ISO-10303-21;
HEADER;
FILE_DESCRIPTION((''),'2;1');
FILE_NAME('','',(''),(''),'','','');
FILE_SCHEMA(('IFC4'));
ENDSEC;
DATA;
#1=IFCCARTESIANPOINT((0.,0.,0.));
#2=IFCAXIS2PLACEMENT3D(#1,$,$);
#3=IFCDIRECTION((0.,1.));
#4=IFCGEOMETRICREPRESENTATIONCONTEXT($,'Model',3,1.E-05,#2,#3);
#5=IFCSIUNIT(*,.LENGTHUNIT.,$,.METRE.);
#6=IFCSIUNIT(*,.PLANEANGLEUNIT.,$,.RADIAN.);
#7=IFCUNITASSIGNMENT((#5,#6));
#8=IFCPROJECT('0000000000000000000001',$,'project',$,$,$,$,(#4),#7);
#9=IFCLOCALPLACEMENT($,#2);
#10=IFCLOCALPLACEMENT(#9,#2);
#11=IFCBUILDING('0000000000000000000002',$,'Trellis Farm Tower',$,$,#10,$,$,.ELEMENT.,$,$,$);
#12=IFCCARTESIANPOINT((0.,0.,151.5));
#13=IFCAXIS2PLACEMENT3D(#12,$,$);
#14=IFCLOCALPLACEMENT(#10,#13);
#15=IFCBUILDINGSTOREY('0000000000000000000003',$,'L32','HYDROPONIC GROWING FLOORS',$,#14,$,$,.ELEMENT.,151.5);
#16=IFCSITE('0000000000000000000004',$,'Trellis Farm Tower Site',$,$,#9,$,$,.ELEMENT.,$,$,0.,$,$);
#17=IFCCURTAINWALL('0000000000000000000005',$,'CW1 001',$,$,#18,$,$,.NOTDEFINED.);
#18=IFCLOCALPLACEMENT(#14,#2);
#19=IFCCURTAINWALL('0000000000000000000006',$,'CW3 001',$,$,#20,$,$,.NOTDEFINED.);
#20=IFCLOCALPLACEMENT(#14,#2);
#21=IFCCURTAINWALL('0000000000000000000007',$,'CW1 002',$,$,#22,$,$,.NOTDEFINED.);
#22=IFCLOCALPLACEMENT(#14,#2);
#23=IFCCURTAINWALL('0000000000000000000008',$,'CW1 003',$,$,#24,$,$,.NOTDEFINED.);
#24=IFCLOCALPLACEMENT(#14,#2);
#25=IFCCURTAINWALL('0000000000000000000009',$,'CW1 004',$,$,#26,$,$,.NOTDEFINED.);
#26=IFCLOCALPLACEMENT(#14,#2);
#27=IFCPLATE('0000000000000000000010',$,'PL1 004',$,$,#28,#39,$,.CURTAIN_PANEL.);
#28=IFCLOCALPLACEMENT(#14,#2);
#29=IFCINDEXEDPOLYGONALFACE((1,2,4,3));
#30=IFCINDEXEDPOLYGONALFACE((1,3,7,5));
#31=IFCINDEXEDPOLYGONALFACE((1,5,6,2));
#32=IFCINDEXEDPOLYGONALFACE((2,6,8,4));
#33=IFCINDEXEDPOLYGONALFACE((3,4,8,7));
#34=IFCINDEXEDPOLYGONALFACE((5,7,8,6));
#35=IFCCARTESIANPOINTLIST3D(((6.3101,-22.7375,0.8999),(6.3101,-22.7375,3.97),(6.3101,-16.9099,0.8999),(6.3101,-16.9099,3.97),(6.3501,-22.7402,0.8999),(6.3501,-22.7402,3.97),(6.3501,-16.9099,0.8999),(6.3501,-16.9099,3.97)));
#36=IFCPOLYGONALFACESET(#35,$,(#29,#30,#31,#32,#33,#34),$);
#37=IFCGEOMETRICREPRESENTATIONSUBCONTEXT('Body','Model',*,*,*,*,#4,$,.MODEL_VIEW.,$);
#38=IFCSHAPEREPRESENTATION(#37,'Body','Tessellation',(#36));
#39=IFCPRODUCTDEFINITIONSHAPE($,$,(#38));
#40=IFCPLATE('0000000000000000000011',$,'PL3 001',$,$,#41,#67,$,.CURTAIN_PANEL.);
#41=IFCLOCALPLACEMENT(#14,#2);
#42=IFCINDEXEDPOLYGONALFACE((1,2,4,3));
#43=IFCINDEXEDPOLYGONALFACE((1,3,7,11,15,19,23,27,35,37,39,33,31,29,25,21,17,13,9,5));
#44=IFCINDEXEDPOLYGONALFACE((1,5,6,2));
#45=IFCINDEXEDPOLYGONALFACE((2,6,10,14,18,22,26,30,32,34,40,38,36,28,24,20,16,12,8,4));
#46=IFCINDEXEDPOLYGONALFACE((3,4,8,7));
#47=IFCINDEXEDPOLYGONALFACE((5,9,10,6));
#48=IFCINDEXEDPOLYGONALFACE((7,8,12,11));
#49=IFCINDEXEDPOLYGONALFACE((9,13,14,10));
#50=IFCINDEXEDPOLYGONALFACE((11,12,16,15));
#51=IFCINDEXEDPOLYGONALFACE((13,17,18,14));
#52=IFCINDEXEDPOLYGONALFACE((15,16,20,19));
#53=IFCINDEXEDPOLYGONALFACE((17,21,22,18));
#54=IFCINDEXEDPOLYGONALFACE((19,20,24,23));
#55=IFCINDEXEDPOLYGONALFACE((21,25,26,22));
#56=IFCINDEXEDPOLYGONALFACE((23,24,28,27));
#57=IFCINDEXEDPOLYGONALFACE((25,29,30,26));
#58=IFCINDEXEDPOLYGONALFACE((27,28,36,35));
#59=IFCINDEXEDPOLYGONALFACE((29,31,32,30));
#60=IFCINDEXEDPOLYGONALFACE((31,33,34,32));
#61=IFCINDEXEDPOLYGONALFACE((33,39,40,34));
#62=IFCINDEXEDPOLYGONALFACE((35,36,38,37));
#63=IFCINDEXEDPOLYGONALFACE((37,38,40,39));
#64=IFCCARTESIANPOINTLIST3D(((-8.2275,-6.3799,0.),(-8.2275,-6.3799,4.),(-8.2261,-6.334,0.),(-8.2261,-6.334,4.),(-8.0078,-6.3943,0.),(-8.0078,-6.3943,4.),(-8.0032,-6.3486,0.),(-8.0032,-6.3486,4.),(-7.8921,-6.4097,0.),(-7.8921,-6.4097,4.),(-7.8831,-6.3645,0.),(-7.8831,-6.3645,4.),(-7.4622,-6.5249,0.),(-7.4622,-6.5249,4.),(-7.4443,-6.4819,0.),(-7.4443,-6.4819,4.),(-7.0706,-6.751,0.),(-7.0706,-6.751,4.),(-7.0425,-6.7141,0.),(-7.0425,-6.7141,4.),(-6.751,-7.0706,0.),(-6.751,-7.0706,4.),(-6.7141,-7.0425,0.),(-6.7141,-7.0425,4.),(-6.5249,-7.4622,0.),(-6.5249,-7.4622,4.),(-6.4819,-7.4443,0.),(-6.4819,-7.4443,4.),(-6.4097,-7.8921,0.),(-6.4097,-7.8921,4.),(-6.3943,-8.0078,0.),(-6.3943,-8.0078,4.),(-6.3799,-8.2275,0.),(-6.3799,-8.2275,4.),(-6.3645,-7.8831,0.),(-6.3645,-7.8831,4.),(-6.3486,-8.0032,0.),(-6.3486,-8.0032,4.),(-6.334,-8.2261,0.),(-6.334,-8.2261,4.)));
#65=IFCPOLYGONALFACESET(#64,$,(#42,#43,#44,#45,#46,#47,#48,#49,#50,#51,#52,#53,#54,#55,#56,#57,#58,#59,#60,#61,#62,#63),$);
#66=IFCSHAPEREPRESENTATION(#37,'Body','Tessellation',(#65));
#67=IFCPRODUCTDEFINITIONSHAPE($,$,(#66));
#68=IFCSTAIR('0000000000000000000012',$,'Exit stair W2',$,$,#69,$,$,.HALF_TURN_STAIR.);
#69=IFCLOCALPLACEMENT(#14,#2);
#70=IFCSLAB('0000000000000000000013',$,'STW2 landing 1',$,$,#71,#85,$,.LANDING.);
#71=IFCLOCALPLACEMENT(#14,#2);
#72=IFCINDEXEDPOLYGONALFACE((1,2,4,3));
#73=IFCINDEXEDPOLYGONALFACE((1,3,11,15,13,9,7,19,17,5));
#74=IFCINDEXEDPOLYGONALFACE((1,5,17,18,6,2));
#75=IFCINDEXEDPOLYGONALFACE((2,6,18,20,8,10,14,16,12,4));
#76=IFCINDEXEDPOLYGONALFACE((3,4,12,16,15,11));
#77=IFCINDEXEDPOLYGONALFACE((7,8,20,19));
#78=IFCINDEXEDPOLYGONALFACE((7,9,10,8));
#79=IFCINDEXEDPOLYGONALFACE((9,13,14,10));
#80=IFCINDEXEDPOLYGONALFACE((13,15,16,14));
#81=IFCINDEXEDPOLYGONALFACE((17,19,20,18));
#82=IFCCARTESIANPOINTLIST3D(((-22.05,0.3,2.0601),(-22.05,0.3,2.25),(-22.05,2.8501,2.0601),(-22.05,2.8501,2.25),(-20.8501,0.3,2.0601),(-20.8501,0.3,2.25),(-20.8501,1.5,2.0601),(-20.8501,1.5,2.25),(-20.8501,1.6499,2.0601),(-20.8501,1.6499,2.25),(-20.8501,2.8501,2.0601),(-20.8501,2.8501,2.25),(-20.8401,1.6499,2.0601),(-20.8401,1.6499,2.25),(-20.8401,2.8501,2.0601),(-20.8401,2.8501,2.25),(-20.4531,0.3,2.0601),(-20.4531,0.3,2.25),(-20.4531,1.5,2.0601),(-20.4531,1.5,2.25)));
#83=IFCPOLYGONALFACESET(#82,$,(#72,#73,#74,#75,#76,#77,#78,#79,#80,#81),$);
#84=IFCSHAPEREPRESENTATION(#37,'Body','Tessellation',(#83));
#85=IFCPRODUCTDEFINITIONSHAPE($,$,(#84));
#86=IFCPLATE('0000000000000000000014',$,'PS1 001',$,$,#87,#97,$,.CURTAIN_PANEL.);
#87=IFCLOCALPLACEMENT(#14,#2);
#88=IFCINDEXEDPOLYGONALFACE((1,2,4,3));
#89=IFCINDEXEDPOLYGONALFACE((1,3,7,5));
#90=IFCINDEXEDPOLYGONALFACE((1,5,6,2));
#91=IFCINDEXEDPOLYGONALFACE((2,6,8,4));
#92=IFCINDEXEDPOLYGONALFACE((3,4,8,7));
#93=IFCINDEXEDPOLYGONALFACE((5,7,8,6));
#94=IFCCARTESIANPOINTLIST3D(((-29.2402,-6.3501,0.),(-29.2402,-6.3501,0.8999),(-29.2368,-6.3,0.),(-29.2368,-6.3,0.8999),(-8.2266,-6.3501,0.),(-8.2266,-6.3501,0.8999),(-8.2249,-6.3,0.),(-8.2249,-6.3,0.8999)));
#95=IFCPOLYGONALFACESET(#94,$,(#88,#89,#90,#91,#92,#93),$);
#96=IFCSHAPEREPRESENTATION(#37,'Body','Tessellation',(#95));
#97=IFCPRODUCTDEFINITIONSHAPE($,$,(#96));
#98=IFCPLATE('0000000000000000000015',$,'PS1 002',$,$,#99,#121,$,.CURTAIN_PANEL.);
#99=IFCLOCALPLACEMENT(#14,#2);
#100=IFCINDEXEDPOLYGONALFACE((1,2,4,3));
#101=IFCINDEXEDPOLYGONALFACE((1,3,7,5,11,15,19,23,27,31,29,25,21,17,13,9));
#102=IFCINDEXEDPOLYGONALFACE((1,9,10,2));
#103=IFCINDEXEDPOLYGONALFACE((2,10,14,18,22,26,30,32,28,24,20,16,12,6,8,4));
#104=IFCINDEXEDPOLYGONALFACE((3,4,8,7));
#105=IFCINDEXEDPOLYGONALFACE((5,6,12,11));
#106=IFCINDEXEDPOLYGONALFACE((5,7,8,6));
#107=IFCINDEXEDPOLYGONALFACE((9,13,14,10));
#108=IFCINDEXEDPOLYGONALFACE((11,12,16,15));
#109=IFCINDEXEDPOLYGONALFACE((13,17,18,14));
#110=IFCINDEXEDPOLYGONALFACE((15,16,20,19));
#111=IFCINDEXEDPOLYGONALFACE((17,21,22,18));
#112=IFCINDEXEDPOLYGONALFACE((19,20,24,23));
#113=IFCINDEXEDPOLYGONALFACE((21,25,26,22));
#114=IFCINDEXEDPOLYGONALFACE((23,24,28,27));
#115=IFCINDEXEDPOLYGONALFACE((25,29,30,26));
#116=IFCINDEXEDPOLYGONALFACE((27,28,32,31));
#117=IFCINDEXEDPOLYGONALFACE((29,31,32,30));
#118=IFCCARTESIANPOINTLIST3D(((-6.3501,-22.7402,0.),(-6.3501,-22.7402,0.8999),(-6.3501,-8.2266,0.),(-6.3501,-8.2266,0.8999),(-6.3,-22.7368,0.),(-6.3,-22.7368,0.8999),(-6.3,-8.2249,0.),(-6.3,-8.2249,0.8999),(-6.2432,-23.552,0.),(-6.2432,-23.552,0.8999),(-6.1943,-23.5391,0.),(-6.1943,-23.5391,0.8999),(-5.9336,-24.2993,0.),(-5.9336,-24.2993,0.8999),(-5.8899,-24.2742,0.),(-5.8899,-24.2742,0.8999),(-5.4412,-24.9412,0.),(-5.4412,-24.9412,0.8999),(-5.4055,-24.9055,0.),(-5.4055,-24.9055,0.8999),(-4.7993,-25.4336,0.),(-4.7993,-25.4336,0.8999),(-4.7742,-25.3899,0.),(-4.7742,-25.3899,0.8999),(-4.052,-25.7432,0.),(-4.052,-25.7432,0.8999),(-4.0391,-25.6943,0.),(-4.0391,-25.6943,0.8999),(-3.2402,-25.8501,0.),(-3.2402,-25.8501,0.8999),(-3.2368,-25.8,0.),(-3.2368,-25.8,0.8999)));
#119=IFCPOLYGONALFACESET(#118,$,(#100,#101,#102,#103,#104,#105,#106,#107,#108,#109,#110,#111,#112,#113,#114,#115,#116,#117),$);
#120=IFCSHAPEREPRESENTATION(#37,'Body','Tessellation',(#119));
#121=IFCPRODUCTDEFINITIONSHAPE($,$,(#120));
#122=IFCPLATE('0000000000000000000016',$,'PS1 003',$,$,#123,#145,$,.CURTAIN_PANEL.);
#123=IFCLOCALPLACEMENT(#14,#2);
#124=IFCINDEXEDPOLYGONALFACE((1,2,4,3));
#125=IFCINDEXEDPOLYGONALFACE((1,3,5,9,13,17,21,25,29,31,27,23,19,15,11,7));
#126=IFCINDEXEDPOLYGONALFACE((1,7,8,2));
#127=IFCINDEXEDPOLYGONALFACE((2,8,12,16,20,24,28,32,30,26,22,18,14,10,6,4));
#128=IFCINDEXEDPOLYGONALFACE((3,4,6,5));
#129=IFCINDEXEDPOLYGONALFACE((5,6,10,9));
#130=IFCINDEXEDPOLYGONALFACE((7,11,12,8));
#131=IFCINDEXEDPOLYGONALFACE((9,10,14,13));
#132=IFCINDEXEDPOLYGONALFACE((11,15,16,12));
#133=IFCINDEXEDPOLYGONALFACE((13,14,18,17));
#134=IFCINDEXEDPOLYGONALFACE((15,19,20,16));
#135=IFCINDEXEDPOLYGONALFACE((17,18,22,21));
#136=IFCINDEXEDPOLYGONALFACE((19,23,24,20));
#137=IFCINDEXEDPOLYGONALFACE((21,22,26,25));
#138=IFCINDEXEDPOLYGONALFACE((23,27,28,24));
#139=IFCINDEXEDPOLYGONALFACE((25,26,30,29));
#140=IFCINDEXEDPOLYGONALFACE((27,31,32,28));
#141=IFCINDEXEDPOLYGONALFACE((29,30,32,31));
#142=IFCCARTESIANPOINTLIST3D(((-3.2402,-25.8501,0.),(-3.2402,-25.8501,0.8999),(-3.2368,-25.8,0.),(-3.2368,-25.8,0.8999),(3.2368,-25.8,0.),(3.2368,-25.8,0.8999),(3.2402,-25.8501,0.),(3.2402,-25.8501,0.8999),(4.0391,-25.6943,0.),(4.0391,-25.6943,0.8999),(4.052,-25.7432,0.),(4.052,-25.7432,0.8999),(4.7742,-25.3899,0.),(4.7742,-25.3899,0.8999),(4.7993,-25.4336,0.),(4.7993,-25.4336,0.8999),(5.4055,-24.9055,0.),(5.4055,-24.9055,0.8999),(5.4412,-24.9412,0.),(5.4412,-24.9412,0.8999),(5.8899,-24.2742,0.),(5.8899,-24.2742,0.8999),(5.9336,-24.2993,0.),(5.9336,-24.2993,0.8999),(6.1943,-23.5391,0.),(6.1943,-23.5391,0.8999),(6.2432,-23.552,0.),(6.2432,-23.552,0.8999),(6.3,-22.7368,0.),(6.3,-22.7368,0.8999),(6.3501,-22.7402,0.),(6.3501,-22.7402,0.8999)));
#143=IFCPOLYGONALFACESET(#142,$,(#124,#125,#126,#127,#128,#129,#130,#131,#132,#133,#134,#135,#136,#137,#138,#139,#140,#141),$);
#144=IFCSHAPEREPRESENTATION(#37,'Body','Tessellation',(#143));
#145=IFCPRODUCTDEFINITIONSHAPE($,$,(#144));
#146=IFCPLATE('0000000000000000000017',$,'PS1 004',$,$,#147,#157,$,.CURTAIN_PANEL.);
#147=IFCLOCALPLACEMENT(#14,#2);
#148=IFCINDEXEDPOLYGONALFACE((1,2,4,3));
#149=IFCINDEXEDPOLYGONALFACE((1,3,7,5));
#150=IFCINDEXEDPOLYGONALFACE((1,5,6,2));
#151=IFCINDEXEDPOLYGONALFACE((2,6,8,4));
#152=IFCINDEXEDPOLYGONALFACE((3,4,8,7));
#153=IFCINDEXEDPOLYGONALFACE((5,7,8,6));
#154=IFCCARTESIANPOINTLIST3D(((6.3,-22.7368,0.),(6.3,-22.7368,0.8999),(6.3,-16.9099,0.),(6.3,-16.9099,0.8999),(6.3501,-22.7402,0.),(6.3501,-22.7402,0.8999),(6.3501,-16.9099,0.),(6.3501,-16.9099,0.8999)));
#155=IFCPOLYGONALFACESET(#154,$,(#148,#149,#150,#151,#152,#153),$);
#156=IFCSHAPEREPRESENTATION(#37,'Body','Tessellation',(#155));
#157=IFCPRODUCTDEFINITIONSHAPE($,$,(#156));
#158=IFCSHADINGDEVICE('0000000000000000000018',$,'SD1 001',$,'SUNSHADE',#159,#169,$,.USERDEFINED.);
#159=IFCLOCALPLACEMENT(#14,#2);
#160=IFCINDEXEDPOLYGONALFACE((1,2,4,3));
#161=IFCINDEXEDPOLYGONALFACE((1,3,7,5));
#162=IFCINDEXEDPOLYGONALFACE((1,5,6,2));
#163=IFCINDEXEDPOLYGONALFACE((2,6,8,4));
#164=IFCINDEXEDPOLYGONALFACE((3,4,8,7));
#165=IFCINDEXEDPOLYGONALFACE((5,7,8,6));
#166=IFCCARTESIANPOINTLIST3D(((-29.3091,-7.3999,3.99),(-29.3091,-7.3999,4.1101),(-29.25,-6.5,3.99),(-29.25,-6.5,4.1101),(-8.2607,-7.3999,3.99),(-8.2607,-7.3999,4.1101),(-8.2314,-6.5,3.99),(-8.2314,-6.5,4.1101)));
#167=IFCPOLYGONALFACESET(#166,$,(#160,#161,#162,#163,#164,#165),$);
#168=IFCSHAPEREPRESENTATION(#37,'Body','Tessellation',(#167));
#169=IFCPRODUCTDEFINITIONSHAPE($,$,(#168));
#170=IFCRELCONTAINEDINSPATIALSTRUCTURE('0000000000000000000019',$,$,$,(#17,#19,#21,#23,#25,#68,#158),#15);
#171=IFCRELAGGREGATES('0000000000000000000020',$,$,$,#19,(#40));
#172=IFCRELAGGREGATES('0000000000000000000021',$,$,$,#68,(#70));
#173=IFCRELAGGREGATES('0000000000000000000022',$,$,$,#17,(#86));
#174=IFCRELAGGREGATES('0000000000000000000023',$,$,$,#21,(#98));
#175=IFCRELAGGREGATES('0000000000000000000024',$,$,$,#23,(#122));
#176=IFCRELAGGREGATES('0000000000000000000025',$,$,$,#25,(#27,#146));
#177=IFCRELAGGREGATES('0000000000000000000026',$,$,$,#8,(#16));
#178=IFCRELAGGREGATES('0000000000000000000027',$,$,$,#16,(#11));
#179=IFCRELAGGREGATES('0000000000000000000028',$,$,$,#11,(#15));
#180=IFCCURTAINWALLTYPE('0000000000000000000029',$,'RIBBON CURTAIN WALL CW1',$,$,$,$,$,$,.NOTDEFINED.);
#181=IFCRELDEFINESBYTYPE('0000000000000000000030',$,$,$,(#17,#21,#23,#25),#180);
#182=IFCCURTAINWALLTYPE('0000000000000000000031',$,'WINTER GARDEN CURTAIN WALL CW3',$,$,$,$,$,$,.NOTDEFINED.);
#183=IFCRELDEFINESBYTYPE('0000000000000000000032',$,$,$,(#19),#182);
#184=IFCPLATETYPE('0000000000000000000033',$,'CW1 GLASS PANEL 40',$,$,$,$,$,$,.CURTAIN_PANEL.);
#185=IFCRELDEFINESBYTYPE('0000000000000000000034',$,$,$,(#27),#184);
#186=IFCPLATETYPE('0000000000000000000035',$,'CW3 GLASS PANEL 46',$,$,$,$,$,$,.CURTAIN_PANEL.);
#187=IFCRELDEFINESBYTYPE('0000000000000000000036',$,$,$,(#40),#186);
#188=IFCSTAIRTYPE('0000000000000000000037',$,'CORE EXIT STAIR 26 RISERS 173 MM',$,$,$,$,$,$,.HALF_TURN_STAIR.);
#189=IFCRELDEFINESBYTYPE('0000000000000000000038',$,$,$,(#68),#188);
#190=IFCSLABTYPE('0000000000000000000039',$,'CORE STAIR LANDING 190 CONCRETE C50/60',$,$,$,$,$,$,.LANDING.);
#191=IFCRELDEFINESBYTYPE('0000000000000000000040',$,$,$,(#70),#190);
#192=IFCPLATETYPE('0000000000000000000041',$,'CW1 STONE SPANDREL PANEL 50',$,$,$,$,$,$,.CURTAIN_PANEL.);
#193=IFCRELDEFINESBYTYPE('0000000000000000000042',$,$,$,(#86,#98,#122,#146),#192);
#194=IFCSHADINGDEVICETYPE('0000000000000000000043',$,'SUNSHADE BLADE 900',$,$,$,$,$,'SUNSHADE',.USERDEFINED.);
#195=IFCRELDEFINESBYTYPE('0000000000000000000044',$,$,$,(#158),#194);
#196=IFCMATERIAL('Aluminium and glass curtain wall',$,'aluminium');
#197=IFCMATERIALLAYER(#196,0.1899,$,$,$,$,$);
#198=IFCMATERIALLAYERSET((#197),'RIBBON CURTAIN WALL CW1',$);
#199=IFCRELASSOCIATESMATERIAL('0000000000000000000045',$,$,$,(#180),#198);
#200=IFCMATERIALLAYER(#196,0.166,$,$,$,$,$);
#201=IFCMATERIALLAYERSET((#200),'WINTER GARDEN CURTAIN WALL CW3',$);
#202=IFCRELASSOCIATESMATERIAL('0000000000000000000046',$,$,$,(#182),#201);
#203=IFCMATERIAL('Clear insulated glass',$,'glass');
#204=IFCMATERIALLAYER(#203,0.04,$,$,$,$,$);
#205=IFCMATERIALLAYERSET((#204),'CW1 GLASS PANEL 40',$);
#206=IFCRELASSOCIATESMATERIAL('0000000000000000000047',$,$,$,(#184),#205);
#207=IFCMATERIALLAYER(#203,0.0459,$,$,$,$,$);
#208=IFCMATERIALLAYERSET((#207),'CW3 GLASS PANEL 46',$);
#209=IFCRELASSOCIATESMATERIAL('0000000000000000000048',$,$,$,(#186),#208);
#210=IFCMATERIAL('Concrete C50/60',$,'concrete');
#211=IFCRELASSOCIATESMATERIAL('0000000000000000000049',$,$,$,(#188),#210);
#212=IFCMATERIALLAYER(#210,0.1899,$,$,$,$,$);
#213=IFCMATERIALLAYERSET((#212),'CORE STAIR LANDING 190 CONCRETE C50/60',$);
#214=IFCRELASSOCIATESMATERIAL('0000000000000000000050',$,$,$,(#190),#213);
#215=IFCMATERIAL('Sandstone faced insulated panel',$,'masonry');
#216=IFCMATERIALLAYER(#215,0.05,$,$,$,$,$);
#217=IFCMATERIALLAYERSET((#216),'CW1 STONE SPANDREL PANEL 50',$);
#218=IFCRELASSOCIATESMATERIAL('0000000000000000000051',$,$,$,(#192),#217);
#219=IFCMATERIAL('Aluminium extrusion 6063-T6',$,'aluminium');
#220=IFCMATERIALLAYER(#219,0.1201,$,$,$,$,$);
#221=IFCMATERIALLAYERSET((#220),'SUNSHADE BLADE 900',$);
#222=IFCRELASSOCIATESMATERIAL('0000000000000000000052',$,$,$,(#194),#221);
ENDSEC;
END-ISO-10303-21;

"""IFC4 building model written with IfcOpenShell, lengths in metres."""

from ifc_helpers import new_model, si_unit, direction, frame, origin, place, context, subcontext, project, spatial, polyline, outline, extrude, source, transform, mapped, material, layer, layer_set, type_object, element, aggregate, save


model = new_model("IFC4")

# Units and contexts
model_context = context("Model", 3, precision=1e-05, world=origin(), true_north=direction((0.0, 1.0)))
body_context = subcontext(model_context, "Body", "Model", "MODEL_VIEW")
ifc_project = project(units=[si_unit("LENGTHUNIT", "METRE"), si_unit("PLANEANGLEUNIT", "RADIAN")], contexts=[model_context])

# Site, building, storey
site_placement = place(None, origin())
site = spatial("IfcSite", under=ifc_project, at=site_placement, Name="Trellis Farm Tower Site", CompositionType="ELEMENT", RefElevation=0.0)
building_placement = place(site_placement, origin())
building = spatial("IfcBuilding", under=site, at=building_placement, Name="Trellis Farm Tower", CompositionType="ELEMENT")
storey_placement = place(building_placement, frame((0.0, 0.0, 151.5)))
storey = spatial("IfcBuildingStorey", under=building, at=storey_placement, Name="L32", Description="HYDROPONIC GROWING FLOORS", CompositionType="ELEMENT", Elevation=151.5)

# Curtain walls
ifc_material_1 = material(Name="Aluminium and glass curtain wall", Category="aluminium")
ifc_layer_1 = layer(ifc_material_1, 0.1899)
ifc_layer_set_1 = layer_set([ifc_layer_1], Name="RIBBON CURTAIN WALL CW1")
curtain_wall_type_1 = type_object("IfcCurtainWallType", Name="RIBBON CURTAIN WALL CW1", PredefinedType="NOTDEFINED", material=ifc_layer_set_1)
placement_1 = place(storey_placement, origin())
curtain_wall_1 = element("IfcCurtainWall", 1, at=placement_1, inside=storey, type_object=curtain_wall_type_1, Name="CW1 001", PredefinedType="NOTDEFINED")
ifc_material_2 = material(Name="Aluminium extrusion 6063-T6", Category="aluminium")
ifc_layer_2 = layer(ifc_material_1, 0.166)
ifc_layer_set_2 = layer_set([ifc_layer_2], Name="WINTER GARDEN CURTAIN WALL CW3")
curtain_wall_type_2 = type_object("IfcCurtainWallType", Name="WINTER GARDEN CURTAIN WALL CW3", PredefinedType="NOTDEFINED", material=ifc_layer_set_2)
curtain_wall_2 = element("IfcCurtainWall", 2, at=placement_1, inside=storey, type_object=curtain_wall_type_2, Name="CW3 001", PredefinedType="NOTDEFINED")
curtain_wall_3 = element("IfcCurtainWall", 3, at=placement_1, inside=storey, type_object=curtain_wall_type_1, Name="CW1 002", PredefinedType="NOTDEFINED")
curtain_wall_4 = element("IfcCurtainWall", 4, at=placement_1, inside=storey, type_object=curtain_wall_type_1, Name="CW1 003", PredefinedType="NOTDEFINED")
curtain_wall_5 = element("IfcCurtainWall", 5, at=placement_1, inside=storey, type_object=curtain_wall_type_1, Name="CW1 004", PredefinedType="NOTDEFINED")

# Plates
ifc_material_3 = material(Name="Clear insulated glass", Category="glass")
ifc_layer_3 = layer(ifc_material_3, 0.04)
ifc_layer_set_3 = layer_set([ifc_layer_3], Name="CW1 GLASS PANEL 40")
plate_type_1 = type_object("IfcPlateType", Name="CW1 GLASS PANEL 40", PredefinedType="CURTAIN_PANEL", material=ifc_layer_set_3)
placement_2 = place(storey_placement, frame((0.0, 0.0, 0.8999)))
plate_1 = element("IfcPlate", 6, at=placement_2, type_object=plate_type_1, Name="PL1 004", PredefinedType="CURTAIN_PANEL", context=body_context, shape_type="SweptSolid", body=[
    extrude(outline(polyline([(6.3501, -22.7402), (6.3501, -16.9099), (6.3101, -16.9099), (6.3101, -22.7375), (6.3501, -22.7402)])), origin(), (0.0, 0.0, 1.0), 3.0701),
])
ifc_layer_4 = layer(ifc_material_3, 0.0459)
ifc_layer_set_4 = layer_set([ifc_layer_4], Name="CW3 GLASS PANEL 46")
plate_type_2 = type_object("IfcPlateType", Name="CW3 GLASS PANEL 46", PredefinedType="CURTAIN_PANEL", material=ifc_layer_set_4)
plate_2 = element("IfcPlate", 7, at=placement_1, type_object=plate_type_2, Name="PL3 001", PredefinedType="CURTAIN_PANEL", context=body_context, shape_type="SweptSolid", body=[
    extrude(outline(polyline([(-8.2275, -6.3799), (-8.0078, -6.3943), (-7.8921, -6.4097), (-7.4622, -6.5249), (-7.0706, -6.751), (-6.751, -7.0706), (-6.5249, -7.4622), (-6.4097, -7.8921), (-6.3943, -8.0078), (-6.3799, -8.2275), (-6.334, -8.2261), (-6.3486, -8.0032), (-6.3645, -7.8831), (-6.4819, -7.4443), (-6.7141, -7.0425), (-7.0425, -6.7141), (-7.4443, -6.4819), (-7.8831, -6.3645), (-8.0032, -6.3486), (-8.2261, -6.334), (-8.2275, -6.3799)])), origin(), (0.0, 0.0, 1.0), 4.0),
])
aggregate(curtain_wall_2, [plate_2])

# Stair, slab
ifc_material_4 = material(Name="Concrete C50/60", Category="concrete")
stair_type = type_object("IfcStairType", Name="CORE EXIT STAIR 26 RISERS 173 MM", PredefinedType="HALF_TURN_STAIR", material=ifc_material_4)
stair = element("IfcStair", 8, at=placement_1, inside=storey, type_object=stair_type, Name="Exit stair W2", PredefinedType="HALF_TURN_STAIR")
ifc_layer_5 = layer(ifc_material_4, 0.1899)
ifc_layer_set_5 = layer_set([ifc_layer_5], Name="CORE STAIR LANDING 190 CONCRETE C50/60")
slab_type = type_object("IfcSlabType", Name="CORE STAIR LANDING 190 CONCRETE C50/60", PredefinedType="LANDING", material=ifc_layer_set_5)
shared_shape_1 = source(origin(), body_context, "Body", "SweptSolid", [
    extrude(outline(polyline([(-20.4531, 1.5), (-20.4531, 0.3), (-20.8501, 0.3), (-22.05, 0.3), (-22.05, 2.8501), (-20.8501, 2.8501), (-20.8401, 2.8501), (-20.8401, 1.6499), (-20.8501, 1.6499), (-20.8501, 1.5), (-20.4531, 1.5)])), origin(), (0.0, 0.0, 1.0), 0.1899),
])
slab_placement = place(storey_placement, frame((0.0, 0.0, 2.0601)))
slab = element("IfcSlab", 9, at=slab_placement, type_object=slab_type, Name="STW2 landing 1", PredefinedType="LANDING", context=body_context, shape_type="MappedRepresentation", body=[
    mapped(shared_shape_1, transform((0.0, 0.0, 0.0))),
])
aggregate(stair, [slab])

# Plates
ifc_material_5 = material(Name="Sandstone faced insulated panel", Category="masonry")
ifc_layer_6 = layer(ifc_material_5, 0.05)
ifc_layer_set_6 = layer_set([ifc_layer_6], Name="CW1 STONE SPANDREL PANEL 50")
plate_type_3 = type_object("IfcPlateType", Name="CW1 STONE SPANDREL PANEL 50", PredefinedType="CURTAIN_PANEL", material=ifc_layer_set_6)
shared_shape_2 = source(origin(), body_context, "Body", "SweptSolid", [
    extrude(outline(polyline([(-29.2402, -6.3501), (-8.2266, -6.3501), (-8.2249, -6.3), (-29.2368, -6.3), (-29.2402, -6.3501)])), origin(), (0.0, 0.0, 1.0), 0.8999),
])
plate_3 = element("IfcPlate", 10, at=placement_1, type_object=plate_type_3, Name="PS1 001", PredefinedType="CURTAIN_PANEL", context=body_context, shape_type="MappedRepresentation", body=[
    mapped(shared_shape_2, transform((0.0, 0.0, 0.0))),
])
aggregate(curtain_wall_1, [plate_3])
shared_shape_3 = source(origin(), body_context, "Body", "SweptSolid", [
    extrude(outline(polyline([(-6.3501, -8.2266), (-6.3501, -22.7402), (-6.2432, -23.552), (-5.9336, -24.2993), (-5.4412, -24.9412), (-4.7993, -25.4336), (-4.052, -25.7432), (-3.2402, -25.8501), (-3.2368, -25.8), (-4.0391, -25.6943), (-4.7742, -25.3899), (-5.4055, -24.9055), (-5.8899, -24.2742), (-6.1943, -23.5391), (-6.3, -22.7368), (-6.3, -8.2249), (-6.3501, -8.2266)])), origin(), (0.0, 0.0, 1.0), 0.8999),
])
plate_4 = element("IfcPlate", 11, at=placement_1, type_object=plate_type_3, Name="PS1 002", PredefinedType="CURTAIN_PANEL", context=body_context, shape_type="MappedRepresentation", body=[
    mapped(shared_shape_3, transform((0.0, 0.0, 0.0))),
])
aggregate(curtain_wall_3, [plate_4])
shared_shape_4 = source(origin(), body_context, "Body", "SweptSolid", [
    extrude(outline(polyline([(-3.2402, -25.8501), (3.2402, -25.8501), (4.052, -25.7432), (4.7993, -25.4336), (5.4412, -24.9412), (5.9336, -24.2993), (6.2432, -23.552), (6.3501, -22.7402), (6.3, -22.7368), (6.1943, -23.5391), (5.8899, -24.2742), (5.4055, -24.9055), (4.7742, -25.3899), (4.0391, -25.6943), (3.2368, -25.8), (-3.2368, -25.8), (-3.2402, -25.8501)])), origin(), (0.0, 0.0, 1.0), 0.8999),
])
plate_5 = element("IfcPlate", 12, at=placement_1, type_object=plate_type_3, Name="PS1 003", PredefinedType="CURTAIN_PANEL", context=body_context, shape_type="MappedRepresentation", body=[
    mapped(shared_shape_4, transform((0.0, 0.0, 0.0))),
])
aggregate(curtain_wall_4, [plate_5])
shared_shape_5 = source(origin(), body_context, "Body", "SweptSolid", [
    extrude(outline(polyline([(6.3501, -22.7402), (6.3501, -16.9099), (6.3, -16.9099), (6.3, -22.7368), (6.3501, -22.7402)])), origin(), (0.0, 0.0, 1.0), 0.8999),
])
plate_6 = element("IfcPlate", 13, at=placement_1, type_object=plate_type_3, Name="PS1 004", PredefinedType="CURTAIN_PANEL", context=body_context, shape_type="MappedRepresentation", body=[
    mapped(shared_shape_5, transform((0.0, 0.0, 0.0))),
])
aggregate(curtain_wall_5, [plate_1, plate_6])

# Shading device
ifc_layer_7 = layer(ifc_material_2, 0.1201)
ifc_layer_set_7 = layer_set([ifc_layer_7], Name="SUNSHADE BLADE 900")
shading_device_type_1 = type_object("IfcShadingDeviceType", Name="SUNSHADE BLADE 900", ElementType="SUNSHADE", PredefinedType="USERDEFINED", material=ifc_layer_set_7)
shared_shape_6 = source(origin(), body_context, "Body", "SweptSolid", [
    extrude(outline(polyline([(-29.3091, -7.3999), (-8.2607, -7.3999), (-8.2314, -6.5), (-29.25, -6.5), (-29.3091, -7.3999)])), origin(), (0.0, 0.0, 1.0), 0.1201),
])
placement_3 = place(storey_placement, frame((0.0, 0.0, 3.99)))
element("IfcShadingDevice", 14, at=placement_3, inside=storey, type_object=shading_device_type_1, Name="SD1 001", ObjectType="SUNSHADE", PredefinedType="USERDEFINED", context=body_context, shape_type="MappedRepresentation", body=[
    mapped(shared_shape_6, transform((0.0, 0.0, 0.0))),
])

save(model, "model.ifc")
